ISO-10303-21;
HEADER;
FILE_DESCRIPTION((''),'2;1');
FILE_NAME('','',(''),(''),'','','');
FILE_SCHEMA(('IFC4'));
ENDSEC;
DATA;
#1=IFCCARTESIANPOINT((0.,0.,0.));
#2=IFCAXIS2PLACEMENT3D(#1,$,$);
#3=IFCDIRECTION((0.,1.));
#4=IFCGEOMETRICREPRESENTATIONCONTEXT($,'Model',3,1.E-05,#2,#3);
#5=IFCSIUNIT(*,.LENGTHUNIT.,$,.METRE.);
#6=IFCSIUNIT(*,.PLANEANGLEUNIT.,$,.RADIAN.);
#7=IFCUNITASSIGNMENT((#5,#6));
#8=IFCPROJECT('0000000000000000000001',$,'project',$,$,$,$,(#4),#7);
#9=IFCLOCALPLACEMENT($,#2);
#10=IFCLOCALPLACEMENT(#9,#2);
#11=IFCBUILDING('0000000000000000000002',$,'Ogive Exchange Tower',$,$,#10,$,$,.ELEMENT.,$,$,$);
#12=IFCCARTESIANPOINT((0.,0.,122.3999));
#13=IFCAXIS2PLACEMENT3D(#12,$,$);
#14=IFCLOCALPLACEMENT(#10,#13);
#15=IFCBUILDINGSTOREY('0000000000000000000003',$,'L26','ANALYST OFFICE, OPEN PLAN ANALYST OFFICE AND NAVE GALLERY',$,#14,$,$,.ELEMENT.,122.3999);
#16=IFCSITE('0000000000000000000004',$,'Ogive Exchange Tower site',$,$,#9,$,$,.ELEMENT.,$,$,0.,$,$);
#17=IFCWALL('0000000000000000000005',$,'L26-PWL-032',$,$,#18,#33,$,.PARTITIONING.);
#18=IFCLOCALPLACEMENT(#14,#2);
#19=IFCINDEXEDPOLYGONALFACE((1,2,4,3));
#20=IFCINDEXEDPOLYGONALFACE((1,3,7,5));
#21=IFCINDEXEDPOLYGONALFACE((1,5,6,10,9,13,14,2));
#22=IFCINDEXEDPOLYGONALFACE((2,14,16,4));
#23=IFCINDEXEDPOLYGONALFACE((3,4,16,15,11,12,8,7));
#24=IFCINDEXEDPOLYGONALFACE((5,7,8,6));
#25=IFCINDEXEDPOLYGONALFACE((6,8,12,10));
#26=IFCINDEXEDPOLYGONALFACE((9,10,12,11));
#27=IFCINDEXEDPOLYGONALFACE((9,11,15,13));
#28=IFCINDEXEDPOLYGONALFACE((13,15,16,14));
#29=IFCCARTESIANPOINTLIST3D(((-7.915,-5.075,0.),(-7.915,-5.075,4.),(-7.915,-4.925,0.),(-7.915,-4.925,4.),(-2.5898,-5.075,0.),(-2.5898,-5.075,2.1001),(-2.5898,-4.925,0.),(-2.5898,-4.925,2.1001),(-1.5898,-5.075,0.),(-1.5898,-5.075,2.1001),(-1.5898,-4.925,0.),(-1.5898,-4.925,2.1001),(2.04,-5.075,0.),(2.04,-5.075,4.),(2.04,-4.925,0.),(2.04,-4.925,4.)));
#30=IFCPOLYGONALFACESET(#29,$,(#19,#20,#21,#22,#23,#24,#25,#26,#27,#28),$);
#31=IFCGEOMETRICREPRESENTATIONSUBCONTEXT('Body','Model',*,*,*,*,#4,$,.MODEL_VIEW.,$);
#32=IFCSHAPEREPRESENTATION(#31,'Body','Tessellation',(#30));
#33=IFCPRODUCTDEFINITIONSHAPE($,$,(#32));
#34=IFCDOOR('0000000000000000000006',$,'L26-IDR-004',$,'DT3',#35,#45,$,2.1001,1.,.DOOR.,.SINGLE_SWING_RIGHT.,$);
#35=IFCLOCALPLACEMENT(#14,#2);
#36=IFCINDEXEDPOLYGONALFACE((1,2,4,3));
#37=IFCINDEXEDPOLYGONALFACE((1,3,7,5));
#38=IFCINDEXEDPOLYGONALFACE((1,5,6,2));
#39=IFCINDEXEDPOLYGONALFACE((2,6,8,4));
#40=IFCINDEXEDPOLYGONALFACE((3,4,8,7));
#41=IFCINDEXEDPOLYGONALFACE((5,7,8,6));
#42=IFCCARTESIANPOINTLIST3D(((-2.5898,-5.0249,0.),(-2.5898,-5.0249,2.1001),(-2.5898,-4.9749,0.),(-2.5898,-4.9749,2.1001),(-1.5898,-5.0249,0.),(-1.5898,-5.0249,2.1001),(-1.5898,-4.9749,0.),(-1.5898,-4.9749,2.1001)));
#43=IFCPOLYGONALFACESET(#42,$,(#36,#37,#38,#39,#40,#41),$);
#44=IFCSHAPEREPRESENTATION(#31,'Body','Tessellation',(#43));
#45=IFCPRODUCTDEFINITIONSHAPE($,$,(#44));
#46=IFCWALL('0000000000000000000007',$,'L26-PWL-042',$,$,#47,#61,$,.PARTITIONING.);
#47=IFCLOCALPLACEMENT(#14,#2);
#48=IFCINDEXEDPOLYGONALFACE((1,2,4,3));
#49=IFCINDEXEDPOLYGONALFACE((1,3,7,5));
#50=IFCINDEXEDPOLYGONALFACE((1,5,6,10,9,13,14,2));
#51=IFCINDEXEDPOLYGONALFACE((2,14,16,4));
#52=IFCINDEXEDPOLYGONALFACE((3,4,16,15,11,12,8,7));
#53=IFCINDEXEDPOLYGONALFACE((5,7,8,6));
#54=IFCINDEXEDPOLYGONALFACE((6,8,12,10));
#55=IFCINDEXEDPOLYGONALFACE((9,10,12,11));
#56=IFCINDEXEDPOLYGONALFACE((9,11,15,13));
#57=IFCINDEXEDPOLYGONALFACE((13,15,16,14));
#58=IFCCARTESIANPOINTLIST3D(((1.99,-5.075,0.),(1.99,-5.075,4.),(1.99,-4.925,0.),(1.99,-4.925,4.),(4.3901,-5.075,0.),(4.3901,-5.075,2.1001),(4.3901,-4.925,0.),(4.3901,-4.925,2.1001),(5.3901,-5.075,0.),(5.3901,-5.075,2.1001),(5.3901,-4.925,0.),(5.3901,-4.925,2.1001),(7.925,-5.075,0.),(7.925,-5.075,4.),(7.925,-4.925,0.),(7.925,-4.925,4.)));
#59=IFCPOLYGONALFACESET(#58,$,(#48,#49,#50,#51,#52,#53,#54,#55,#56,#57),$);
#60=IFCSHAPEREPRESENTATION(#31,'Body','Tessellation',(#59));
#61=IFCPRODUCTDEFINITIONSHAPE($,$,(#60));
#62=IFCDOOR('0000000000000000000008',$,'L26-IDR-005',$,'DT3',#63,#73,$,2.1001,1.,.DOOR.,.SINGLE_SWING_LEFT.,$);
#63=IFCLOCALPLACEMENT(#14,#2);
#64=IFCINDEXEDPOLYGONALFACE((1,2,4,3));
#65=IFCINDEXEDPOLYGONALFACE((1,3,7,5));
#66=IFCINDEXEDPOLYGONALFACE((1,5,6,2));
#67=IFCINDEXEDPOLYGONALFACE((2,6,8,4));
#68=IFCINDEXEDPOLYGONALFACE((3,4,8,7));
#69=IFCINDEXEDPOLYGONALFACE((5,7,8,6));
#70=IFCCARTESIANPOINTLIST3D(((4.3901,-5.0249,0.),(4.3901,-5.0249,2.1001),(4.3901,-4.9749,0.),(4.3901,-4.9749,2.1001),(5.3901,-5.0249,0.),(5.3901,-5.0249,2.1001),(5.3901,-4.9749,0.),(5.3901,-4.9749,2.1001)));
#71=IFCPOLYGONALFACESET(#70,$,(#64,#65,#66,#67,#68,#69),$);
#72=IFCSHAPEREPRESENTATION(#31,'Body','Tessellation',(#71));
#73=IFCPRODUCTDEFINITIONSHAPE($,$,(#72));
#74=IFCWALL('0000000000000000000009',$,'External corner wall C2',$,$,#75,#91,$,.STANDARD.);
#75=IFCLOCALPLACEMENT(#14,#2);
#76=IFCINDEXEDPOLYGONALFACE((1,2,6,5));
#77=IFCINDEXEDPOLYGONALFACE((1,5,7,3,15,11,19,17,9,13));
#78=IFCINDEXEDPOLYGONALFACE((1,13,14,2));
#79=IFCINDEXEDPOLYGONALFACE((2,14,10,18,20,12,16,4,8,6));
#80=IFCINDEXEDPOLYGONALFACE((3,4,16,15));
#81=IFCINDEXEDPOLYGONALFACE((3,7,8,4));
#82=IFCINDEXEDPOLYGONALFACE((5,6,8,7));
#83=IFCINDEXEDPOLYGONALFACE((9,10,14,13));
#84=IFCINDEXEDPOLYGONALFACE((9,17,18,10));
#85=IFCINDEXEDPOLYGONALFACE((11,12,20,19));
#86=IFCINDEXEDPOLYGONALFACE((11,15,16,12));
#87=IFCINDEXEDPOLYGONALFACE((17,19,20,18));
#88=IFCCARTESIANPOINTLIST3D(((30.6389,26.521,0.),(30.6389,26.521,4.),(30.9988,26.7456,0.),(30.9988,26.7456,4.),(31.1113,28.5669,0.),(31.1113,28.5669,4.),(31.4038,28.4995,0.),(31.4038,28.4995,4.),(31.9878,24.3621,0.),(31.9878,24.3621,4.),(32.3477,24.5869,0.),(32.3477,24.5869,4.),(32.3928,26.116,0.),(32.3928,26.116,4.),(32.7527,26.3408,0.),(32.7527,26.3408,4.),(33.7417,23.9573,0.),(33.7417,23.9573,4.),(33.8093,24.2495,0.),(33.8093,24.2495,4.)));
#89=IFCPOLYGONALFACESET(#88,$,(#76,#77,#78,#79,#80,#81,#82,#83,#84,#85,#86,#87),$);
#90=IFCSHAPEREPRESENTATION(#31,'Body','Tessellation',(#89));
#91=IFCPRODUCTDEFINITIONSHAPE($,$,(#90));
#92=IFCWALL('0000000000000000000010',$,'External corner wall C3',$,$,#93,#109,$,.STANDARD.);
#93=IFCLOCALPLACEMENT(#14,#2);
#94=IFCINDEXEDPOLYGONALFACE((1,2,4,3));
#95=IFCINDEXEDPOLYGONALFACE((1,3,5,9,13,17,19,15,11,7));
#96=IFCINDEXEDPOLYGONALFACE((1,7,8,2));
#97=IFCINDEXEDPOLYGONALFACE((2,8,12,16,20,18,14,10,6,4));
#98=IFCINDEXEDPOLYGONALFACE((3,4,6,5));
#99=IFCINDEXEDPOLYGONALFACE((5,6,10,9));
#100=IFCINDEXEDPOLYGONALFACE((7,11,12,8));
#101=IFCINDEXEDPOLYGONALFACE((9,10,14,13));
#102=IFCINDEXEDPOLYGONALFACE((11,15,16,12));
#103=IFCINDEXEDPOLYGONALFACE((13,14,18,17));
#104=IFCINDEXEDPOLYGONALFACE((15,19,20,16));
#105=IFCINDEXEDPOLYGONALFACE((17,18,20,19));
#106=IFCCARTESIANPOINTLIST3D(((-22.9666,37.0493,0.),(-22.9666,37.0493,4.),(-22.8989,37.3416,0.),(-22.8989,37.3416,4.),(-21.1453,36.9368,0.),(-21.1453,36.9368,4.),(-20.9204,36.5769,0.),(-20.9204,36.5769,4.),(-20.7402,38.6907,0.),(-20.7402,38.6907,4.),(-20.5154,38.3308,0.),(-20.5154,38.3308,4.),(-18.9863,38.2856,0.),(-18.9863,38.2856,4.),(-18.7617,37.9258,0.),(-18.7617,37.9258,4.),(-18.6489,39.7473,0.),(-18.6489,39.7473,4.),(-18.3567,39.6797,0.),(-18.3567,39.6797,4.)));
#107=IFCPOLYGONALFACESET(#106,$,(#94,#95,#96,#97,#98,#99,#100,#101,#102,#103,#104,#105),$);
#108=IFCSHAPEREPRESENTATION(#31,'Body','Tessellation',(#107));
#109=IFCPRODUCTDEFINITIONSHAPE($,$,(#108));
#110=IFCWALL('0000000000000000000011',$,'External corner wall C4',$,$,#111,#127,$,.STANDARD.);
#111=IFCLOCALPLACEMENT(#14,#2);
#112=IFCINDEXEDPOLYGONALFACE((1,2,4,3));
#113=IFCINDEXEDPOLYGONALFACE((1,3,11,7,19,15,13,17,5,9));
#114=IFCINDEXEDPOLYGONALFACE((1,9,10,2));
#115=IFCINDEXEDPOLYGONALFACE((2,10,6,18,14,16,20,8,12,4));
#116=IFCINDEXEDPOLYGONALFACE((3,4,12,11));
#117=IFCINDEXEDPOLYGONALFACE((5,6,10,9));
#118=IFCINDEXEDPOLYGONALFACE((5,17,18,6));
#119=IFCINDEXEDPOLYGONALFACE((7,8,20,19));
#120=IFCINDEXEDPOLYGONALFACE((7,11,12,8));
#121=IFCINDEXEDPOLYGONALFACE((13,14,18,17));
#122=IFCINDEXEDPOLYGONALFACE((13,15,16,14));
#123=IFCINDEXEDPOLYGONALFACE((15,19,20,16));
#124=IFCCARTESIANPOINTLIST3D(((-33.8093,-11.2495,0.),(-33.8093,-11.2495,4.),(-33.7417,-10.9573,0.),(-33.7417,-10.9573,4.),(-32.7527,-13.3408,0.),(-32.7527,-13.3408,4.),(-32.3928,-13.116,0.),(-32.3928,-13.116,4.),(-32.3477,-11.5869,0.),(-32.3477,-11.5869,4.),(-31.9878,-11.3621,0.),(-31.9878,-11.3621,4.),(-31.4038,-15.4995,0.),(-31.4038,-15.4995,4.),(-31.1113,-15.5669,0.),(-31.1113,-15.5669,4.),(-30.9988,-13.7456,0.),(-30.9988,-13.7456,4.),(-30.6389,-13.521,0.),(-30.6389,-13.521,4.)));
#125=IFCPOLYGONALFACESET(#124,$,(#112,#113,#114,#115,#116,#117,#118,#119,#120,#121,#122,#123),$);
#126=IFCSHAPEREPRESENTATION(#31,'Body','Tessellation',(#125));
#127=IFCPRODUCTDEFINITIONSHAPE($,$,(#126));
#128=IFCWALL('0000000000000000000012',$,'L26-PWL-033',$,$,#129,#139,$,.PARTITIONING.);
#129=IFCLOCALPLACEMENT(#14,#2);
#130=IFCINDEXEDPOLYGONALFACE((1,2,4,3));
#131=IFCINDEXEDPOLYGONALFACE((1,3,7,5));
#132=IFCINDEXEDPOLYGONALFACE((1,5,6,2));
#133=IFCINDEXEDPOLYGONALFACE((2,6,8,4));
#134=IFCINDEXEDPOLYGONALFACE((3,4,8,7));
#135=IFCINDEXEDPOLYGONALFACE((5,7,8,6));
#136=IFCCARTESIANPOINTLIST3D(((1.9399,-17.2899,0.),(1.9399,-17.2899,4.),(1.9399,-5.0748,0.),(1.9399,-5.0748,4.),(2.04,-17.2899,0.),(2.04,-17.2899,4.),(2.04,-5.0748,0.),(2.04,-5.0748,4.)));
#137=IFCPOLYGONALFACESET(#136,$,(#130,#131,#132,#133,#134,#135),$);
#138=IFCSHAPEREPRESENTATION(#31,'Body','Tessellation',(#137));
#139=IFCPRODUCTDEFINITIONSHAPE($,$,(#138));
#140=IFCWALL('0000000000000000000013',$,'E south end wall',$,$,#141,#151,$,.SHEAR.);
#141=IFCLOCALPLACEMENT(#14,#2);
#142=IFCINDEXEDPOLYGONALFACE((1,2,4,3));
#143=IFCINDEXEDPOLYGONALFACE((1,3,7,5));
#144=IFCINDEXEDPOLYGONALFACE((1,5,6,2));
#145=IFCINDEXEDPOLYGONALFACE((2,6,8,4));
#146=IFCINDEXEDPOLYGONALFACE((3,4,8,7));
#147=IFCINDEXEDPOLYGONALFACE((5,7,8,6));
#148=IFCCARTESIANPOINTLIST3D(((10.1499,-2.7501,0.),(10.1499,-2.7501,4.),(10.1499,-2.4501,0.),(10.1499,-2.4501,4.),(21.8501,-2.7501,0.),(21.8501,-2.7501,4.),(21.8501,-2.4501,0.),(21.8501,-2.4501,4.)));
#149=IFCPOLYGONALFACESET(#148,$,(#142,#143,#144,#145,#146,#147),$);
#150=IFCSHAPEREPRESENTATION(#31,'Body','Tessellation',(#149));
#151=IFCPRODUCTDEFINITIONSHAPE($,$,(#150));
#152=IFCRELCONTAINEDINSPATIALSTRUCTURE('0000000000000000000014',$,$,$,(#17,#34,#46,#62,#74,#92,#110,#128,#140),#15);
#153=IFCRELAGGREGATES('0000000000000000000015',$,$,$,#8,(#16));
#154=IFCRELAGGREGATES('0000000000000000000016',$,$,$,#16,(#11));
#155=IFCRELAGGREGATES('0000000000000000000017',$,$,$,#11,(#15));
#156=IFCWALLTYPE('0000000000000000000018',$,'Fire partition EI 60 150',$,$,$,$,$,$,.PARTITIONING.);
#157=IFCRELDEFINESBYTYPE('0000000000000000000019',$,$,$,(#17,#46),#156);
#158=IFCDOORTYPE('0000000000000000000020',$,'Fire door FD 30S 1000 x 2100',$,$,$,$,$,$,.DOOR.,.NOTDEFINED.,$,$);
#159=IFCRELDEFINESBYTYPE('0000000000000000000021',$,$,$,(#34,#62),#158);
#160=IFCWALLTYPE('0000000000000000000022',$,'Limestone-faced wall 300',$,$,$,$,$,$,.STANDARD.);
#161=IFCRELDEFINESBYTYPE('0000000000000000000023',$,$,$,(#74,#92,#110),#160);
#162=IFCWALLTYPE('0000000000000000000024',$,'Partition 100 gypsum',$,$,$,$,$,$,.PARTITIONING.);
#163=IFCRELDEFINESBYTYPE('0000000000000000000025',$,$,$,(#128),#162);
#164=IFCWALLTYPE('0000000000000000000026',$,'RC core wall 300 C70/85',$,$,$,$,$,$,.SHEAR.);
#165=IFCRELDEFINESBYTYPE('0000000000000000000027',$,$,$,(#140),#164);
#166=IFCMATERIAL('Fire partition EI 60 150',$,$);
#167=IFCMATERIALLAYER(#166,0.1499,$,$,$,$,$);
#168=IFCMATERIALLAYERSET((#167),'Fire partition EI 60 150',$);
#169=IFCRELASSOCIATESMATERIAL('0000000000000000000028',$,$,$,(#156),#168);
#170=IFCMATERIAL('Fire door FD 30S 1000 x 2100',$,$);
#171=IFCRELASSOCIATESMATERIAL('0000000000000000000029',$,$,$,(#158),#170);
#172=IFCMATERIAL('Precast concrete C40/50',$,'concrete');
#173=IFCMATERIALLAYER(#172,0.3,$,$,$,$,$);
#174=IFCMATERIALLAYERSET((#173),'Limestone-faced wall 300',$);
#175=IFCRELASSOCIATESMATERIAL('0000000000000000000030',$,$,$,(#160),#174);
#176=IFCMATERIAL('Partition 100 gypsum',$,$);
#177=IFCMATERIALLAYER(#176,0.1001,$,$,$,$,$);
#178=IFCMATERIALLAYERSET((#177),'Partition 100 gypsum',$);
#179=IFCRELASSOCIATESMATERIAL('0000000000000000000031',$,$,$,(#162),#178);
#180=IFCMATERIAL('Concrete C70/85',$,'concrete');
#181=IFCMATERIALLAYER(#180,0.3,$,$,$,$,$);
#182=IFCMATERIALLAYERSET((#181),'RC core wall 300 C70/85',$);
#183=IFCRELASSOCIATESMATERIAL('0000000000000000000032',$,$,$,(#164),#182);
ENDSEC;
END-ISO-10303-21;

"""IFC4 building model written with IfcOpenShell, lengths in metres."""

from ifc_helpers import new_model, si_unit, direction, frame, frame_2d, origin, place, context, subcontext, project, spatial, polyline, rectangle, outline, extrude, material, layer, layer_set, type_object, element, fill, save


model = new_model("IFC4")

# Units and contexts
model_context = context("Model", 3, precision=1e-05, world=origin(), true_north=direction((0.0, 1.0)))
body_context = subcontext(model_context, "Body", "Model", "MODEL_VIEW")
ifc_project = project(units=[si_unit("LENGTHUNIT", "METRE"), si_unit("PLANEANGLEUNIT", "RADIAN")], contexts=[model_context])

# Site, building, storey
site_placement = place(None, origin())
site = spatial("IfcSite", under=ifc_project, at=site_placement, Name="Ogive Exchange Tower site", CompositionType="ELEMENT", RefElevation=0.0)
building_placement = place(site_placement, origin())
building = spatial("IfcBuilding", under=site, at=building_placement, Name="Ogive Exchange Tower", CompositionType="ELEMENT")
storey_placement = place(building_placement, frame((0.0, 0.0, 122.3999)))
storey = spatial("IfcBuildingStorey", under=building, at=storey_placement, Name="L26", Description="ANALYST OFFICE, OPEN PLAN ANALYST OFFICE AND NAVE GALLERY", CompositionType="ELEMENT", Elevation=122.3999)

# Shared definitions
ifc_material_1 = material(Name="Concrete C70/85", Category="concrete")

# Walls, openings, doors
ifc_material_2 = material(Name="Fire partition EI 60 150")
ifc_layer_1 = layer(ifc_material_2, 0.1499)
ifc_layer_set_1 = layer_set([ifc_layer_1], Name="Fire partition EI 60 150")
wall_type_1 = type_object("IfcWallType", Name="Fire partition EI 60 150", PredefinedType="PARTITIONING", material=ifc_layer_set_1)
wall_1_placement = place(storey_placement, frame((2.04, -5.0, 0.0), z_axis=(0.0, 0.0, 1.0), x_axis=(-1.0, 0.0, 0.0)))
wall_1 = element("IfcWall", 1, at=wall_1_placement, inside=storey, type_object=wall_type_1, Name="L26-PWL-032", PredefinedType="PARTITIONING", context=body_context, shape_type="SweptSolid", body=[
    extrude(rectangle(XDim=9.9551, YDim=0.1499, at=frame_2d((4.9775, 0.0))), origin(), (0.0, 0.0, 1.0), 4.0),
])
opening_1_placement = place(wall_1_placement, frame((3.6299, 0.0, 0.0)))
opening_1 = element("IfcOpeningElement", 2, at=opening_1_placement, cuts=wall_1, PredefinedType="OPENING", context=body_context, shape_type="SweptSolid", body=[
    extrude(rectangle(XDim=1.0, YDim=2.1001, at=frame_2d((0.5, 1.05))), frame((0.0, 0.085, 0.0), z_axis=(0.0, -1.0, 0.0), x_axis=(1.0, 0.0, 0.0)), (0.0, 0.0, 1.0), 0.1699),
])
ifc_material_3 = material(Name="Fire door FD 30S 1000 x 2100")
door_type_1 = type_object("IfcDoorType", Name="Fire door FD 30S 1000 x 2100", OperationType="NOTDEFINED", PredefinedType="DOOR", material=ifc_material_3)
door_1_placement = place(opening_1_placement, origin())
door_1 = element("IfcDoor", 3, at=door_1_placement, inside=storey, type_object=door_type_1, Name="L26-IDR-004", ObjectType="DT3", OperationType="SINGLE_SWING_RIGHT", OverallHeight=2.1001, OverallWidth=1.0, PredefinedType="DOOR", context=body_context, shape_type="SweptSolid", body=[
    extrude(rectangle(XDim=1.0, YDim=2.1001, at=frame_2d((0.5, 1.05))), frame((0.0, 0.0249, 0.0), z_axis=(0.0, -1.0, 0.0), x_axis=(1.0, 0.0, 0.0)), (0.0, 0.0, 1.0), 0.05),
])
fill(opening_1, door_1)
wall_2_placement = place(storey_placement, frame((7.925, -5.0, 0.0), z_axis=(0.0, 0.0, 1.0), x_axis=(-1.0, 0.0, 0.0)))
wall_2 = element("IfcWall", 4, at=wall_2_placement, inside=storey, type_object=wall_type_1, Name="L26-PWL-042", PredefinedType="PARTITIONING", context=body_context, shape_type="SweptSolid", body=[
    extrude(rectangle(XDim=5.9351, YDim=0.1499, at=frame_2d((2.9675, 0.0))), origin(), (0.0, 0.0, 1.0), 4.0),
])
opening_2_placement = place(wall_2_placement, frame((2.5349, 0.0, 0.0)))
opening_2 = element("IfcOpeningElement", 5, at=opening_2_placement, cuts=wall_2, PredefinedType="OPENING", context=body_context, shape_type="SweptSolid", body=[
    extrude(rectangle(XDim=1.0, YDim=2.1001, at=frame_2d((0.5, 1.05))), frame((0.0, 0.085, 0.0), z_axis=(0.0, -1.0, 0.0), x_axis=(1.0, 0.0, 0.0)), (0.0, 0.0, 1.0), 0.1699),
])
door_2_placement = place(opening_2_placement, origin())
door_2 = element("IfcDoor", 6, at=door_2_placement, inside=storey, type_object=door_type_1, Name="L26-IDR-005", ObjectType="DT3", OperationType="SINGLE_SWING_LEFT", OverallHeight=2.1001, OverallWidth=1.0, PredefinedType="DOOR", context=body_context, shape_type="SweptSolid", body=[
    extrude(rectangle(XDim=1.0, YDim=2.1001, at=frame_2d((0.5, 1.05))), frame((0.0, 0.0249, 0.0), z_axis=(0.0, -1.0, 0.0), x_axis=(1.0, 0.0, 0.0)), (0.0, 0.0, 1.0), 0.05),
])
fill(opening_2, door_2)

# Walls
ifc_material_4 = material(Name="Precast concrete C40/50", Category="concrete")
ifc_layer_2 = layer(ifc_material_4, 0.3)
ifc_layer_set_2 = layer_set([ifc_layer_2], Name="Limestone-faced wall 300")
wall_type_2 = type_object("IfcWallType", Name="Limestone-faced wall 300", PredefinedType="STANDARD", material=ifc_layer_set_2)
wall_3_placement = place(storey_placement, origin())
element("IfcWall", 7, at=wall_3_placement, inside=storey, type_object=wall_type_2, Name="External corner wall C2", PredefinedType="STANDARD", context=body_context, shape_type="SweptSolid", body=[
    extrude(outline(polyline([(32.3928, 26.116), (30.6389, 26.521), (31.1113, 28.5669), (31.4038, 28.4995), (30.9988, 26.7456), (32.7527, 26.3408), (32.3477, 24.5869), (33.8093, 24.2495), (33.7417, 23.9573), (31.9878, 24.3621), (32.3928, 26.116)])), origin(), (0.0, 0.0, 1.0), 4.0),
])
wall_4_placement = place(storey_placement, origin())
element("IfcWall", 8, at=wall_4_placement, inside=storey, type_object=wall_type_2, Name="External corner wall C3", PredefinedType="STANDARD", context=body_context, shape_type="SweptSolid", body=[
    extrude(outline(polyline([(-22.9666, 37.0493), (-22.8989, 37.3416), (-21.1453, 36.9368), (-20.7402, 38.6907), (-18.9863, 38.2856), (-18.6489, 39.7473), (-18.3567, 39.6797), (-18.7617, 37.9258), (-20.5154, 38.3308), (-20.9204, 36.5769), (-22.9666, 37.0493)])), origin(), (0.0, 0.0, 1.0), 4.0),
])
wall_5_placement = place(storey_placement, origin())
element("IfcWall", 9, at=wall_5_placement, inside=storey, type_object=wall_type_2, Name="External corner wall C4", PredefinedType="STANDARD", context=body_context, shape_type="SweptSolid", body=[
    extrude(outline(polyline([(-32.3928, -13.116), (-30.6389, -13.521), (-31.1113, -15.5669), (-31.4038, -15.4995), (-30.9988, -13.7456), (-32.7527, -13.3408), (-32.3477, -11.5869), (-33.8093, -11.2495), (-33.7417, -10.9573), (-31.9878, -11.3621), (-32.3928, -13.116)])), origin(), (0.0, 0.0, 1.0), 4.0),
])
ifc_material_5 = material(Name="Partition 100 gypsum")
ifc_layer_3 = layer(ifc_material_5, 0.1001)
ifc_layer_set_3 = layer_set([ifc_layer_3], Name="Partition 100 gypsum")
wall_type_3 = type_object("IfcWallType", Name="Partition 100 gypsum", PredefinedType="PARTITIONING", material=ifc_layer_set_3)
wall_6_placement = place(storey_placement, frame((1.99, -5.075, 0.0), z_axis=(0.0, 0.0, 1.0), x_axis=(0.0, -1.0, 0.0)))
element("IfcWall", 10, at=wall_6_placement, inside=storey, type_object=wall_type_3, Name="L26-PWL-033", PredefinedType="PARTITIONING", context=body_context, shape_type="SweptSolid", body=[
    extrude(rectangle(XDim=12.2151, YDim=0.1001, at=frame_2d((6.1074, 0.0))), origin(), (0.0, 0.0, 1.0), 4.0),
])
ifc_layer_4 = layer(ifc_material_1, 0.3)
ifc_layer_set_4 = layer_set([ifc_layer_4], Name="RC core wall 300 C70/85")
wall_type_4 = type_object("IfcWallType", Name="RC core wall 300 C70/85", PredefinedType="SHEAR", material=ifc_layer_set_4)
wall_7_placement = place(storey_placement, frame((10.1499, -2.6001, 0.0), z_axis=(0.0, 0.0, 1.0), x_axis=(1.0, 0.0, 0.0)))
element("IfcWall", 11, at=wall_7_placement, inside=storey, type_object=wall_type_4, Name="E south end wall", PredefinedType="SHEAR", context=body_context, shape_type="SweptSolid", body=[
    extrude(rectangle(XDim=11.7002, YDim=0.3, at=frame_2d((5.8501, 0.0))), origin(), (0.0, 0.0, 1.0), 4.0),
])

save(model, "model.ifc")
